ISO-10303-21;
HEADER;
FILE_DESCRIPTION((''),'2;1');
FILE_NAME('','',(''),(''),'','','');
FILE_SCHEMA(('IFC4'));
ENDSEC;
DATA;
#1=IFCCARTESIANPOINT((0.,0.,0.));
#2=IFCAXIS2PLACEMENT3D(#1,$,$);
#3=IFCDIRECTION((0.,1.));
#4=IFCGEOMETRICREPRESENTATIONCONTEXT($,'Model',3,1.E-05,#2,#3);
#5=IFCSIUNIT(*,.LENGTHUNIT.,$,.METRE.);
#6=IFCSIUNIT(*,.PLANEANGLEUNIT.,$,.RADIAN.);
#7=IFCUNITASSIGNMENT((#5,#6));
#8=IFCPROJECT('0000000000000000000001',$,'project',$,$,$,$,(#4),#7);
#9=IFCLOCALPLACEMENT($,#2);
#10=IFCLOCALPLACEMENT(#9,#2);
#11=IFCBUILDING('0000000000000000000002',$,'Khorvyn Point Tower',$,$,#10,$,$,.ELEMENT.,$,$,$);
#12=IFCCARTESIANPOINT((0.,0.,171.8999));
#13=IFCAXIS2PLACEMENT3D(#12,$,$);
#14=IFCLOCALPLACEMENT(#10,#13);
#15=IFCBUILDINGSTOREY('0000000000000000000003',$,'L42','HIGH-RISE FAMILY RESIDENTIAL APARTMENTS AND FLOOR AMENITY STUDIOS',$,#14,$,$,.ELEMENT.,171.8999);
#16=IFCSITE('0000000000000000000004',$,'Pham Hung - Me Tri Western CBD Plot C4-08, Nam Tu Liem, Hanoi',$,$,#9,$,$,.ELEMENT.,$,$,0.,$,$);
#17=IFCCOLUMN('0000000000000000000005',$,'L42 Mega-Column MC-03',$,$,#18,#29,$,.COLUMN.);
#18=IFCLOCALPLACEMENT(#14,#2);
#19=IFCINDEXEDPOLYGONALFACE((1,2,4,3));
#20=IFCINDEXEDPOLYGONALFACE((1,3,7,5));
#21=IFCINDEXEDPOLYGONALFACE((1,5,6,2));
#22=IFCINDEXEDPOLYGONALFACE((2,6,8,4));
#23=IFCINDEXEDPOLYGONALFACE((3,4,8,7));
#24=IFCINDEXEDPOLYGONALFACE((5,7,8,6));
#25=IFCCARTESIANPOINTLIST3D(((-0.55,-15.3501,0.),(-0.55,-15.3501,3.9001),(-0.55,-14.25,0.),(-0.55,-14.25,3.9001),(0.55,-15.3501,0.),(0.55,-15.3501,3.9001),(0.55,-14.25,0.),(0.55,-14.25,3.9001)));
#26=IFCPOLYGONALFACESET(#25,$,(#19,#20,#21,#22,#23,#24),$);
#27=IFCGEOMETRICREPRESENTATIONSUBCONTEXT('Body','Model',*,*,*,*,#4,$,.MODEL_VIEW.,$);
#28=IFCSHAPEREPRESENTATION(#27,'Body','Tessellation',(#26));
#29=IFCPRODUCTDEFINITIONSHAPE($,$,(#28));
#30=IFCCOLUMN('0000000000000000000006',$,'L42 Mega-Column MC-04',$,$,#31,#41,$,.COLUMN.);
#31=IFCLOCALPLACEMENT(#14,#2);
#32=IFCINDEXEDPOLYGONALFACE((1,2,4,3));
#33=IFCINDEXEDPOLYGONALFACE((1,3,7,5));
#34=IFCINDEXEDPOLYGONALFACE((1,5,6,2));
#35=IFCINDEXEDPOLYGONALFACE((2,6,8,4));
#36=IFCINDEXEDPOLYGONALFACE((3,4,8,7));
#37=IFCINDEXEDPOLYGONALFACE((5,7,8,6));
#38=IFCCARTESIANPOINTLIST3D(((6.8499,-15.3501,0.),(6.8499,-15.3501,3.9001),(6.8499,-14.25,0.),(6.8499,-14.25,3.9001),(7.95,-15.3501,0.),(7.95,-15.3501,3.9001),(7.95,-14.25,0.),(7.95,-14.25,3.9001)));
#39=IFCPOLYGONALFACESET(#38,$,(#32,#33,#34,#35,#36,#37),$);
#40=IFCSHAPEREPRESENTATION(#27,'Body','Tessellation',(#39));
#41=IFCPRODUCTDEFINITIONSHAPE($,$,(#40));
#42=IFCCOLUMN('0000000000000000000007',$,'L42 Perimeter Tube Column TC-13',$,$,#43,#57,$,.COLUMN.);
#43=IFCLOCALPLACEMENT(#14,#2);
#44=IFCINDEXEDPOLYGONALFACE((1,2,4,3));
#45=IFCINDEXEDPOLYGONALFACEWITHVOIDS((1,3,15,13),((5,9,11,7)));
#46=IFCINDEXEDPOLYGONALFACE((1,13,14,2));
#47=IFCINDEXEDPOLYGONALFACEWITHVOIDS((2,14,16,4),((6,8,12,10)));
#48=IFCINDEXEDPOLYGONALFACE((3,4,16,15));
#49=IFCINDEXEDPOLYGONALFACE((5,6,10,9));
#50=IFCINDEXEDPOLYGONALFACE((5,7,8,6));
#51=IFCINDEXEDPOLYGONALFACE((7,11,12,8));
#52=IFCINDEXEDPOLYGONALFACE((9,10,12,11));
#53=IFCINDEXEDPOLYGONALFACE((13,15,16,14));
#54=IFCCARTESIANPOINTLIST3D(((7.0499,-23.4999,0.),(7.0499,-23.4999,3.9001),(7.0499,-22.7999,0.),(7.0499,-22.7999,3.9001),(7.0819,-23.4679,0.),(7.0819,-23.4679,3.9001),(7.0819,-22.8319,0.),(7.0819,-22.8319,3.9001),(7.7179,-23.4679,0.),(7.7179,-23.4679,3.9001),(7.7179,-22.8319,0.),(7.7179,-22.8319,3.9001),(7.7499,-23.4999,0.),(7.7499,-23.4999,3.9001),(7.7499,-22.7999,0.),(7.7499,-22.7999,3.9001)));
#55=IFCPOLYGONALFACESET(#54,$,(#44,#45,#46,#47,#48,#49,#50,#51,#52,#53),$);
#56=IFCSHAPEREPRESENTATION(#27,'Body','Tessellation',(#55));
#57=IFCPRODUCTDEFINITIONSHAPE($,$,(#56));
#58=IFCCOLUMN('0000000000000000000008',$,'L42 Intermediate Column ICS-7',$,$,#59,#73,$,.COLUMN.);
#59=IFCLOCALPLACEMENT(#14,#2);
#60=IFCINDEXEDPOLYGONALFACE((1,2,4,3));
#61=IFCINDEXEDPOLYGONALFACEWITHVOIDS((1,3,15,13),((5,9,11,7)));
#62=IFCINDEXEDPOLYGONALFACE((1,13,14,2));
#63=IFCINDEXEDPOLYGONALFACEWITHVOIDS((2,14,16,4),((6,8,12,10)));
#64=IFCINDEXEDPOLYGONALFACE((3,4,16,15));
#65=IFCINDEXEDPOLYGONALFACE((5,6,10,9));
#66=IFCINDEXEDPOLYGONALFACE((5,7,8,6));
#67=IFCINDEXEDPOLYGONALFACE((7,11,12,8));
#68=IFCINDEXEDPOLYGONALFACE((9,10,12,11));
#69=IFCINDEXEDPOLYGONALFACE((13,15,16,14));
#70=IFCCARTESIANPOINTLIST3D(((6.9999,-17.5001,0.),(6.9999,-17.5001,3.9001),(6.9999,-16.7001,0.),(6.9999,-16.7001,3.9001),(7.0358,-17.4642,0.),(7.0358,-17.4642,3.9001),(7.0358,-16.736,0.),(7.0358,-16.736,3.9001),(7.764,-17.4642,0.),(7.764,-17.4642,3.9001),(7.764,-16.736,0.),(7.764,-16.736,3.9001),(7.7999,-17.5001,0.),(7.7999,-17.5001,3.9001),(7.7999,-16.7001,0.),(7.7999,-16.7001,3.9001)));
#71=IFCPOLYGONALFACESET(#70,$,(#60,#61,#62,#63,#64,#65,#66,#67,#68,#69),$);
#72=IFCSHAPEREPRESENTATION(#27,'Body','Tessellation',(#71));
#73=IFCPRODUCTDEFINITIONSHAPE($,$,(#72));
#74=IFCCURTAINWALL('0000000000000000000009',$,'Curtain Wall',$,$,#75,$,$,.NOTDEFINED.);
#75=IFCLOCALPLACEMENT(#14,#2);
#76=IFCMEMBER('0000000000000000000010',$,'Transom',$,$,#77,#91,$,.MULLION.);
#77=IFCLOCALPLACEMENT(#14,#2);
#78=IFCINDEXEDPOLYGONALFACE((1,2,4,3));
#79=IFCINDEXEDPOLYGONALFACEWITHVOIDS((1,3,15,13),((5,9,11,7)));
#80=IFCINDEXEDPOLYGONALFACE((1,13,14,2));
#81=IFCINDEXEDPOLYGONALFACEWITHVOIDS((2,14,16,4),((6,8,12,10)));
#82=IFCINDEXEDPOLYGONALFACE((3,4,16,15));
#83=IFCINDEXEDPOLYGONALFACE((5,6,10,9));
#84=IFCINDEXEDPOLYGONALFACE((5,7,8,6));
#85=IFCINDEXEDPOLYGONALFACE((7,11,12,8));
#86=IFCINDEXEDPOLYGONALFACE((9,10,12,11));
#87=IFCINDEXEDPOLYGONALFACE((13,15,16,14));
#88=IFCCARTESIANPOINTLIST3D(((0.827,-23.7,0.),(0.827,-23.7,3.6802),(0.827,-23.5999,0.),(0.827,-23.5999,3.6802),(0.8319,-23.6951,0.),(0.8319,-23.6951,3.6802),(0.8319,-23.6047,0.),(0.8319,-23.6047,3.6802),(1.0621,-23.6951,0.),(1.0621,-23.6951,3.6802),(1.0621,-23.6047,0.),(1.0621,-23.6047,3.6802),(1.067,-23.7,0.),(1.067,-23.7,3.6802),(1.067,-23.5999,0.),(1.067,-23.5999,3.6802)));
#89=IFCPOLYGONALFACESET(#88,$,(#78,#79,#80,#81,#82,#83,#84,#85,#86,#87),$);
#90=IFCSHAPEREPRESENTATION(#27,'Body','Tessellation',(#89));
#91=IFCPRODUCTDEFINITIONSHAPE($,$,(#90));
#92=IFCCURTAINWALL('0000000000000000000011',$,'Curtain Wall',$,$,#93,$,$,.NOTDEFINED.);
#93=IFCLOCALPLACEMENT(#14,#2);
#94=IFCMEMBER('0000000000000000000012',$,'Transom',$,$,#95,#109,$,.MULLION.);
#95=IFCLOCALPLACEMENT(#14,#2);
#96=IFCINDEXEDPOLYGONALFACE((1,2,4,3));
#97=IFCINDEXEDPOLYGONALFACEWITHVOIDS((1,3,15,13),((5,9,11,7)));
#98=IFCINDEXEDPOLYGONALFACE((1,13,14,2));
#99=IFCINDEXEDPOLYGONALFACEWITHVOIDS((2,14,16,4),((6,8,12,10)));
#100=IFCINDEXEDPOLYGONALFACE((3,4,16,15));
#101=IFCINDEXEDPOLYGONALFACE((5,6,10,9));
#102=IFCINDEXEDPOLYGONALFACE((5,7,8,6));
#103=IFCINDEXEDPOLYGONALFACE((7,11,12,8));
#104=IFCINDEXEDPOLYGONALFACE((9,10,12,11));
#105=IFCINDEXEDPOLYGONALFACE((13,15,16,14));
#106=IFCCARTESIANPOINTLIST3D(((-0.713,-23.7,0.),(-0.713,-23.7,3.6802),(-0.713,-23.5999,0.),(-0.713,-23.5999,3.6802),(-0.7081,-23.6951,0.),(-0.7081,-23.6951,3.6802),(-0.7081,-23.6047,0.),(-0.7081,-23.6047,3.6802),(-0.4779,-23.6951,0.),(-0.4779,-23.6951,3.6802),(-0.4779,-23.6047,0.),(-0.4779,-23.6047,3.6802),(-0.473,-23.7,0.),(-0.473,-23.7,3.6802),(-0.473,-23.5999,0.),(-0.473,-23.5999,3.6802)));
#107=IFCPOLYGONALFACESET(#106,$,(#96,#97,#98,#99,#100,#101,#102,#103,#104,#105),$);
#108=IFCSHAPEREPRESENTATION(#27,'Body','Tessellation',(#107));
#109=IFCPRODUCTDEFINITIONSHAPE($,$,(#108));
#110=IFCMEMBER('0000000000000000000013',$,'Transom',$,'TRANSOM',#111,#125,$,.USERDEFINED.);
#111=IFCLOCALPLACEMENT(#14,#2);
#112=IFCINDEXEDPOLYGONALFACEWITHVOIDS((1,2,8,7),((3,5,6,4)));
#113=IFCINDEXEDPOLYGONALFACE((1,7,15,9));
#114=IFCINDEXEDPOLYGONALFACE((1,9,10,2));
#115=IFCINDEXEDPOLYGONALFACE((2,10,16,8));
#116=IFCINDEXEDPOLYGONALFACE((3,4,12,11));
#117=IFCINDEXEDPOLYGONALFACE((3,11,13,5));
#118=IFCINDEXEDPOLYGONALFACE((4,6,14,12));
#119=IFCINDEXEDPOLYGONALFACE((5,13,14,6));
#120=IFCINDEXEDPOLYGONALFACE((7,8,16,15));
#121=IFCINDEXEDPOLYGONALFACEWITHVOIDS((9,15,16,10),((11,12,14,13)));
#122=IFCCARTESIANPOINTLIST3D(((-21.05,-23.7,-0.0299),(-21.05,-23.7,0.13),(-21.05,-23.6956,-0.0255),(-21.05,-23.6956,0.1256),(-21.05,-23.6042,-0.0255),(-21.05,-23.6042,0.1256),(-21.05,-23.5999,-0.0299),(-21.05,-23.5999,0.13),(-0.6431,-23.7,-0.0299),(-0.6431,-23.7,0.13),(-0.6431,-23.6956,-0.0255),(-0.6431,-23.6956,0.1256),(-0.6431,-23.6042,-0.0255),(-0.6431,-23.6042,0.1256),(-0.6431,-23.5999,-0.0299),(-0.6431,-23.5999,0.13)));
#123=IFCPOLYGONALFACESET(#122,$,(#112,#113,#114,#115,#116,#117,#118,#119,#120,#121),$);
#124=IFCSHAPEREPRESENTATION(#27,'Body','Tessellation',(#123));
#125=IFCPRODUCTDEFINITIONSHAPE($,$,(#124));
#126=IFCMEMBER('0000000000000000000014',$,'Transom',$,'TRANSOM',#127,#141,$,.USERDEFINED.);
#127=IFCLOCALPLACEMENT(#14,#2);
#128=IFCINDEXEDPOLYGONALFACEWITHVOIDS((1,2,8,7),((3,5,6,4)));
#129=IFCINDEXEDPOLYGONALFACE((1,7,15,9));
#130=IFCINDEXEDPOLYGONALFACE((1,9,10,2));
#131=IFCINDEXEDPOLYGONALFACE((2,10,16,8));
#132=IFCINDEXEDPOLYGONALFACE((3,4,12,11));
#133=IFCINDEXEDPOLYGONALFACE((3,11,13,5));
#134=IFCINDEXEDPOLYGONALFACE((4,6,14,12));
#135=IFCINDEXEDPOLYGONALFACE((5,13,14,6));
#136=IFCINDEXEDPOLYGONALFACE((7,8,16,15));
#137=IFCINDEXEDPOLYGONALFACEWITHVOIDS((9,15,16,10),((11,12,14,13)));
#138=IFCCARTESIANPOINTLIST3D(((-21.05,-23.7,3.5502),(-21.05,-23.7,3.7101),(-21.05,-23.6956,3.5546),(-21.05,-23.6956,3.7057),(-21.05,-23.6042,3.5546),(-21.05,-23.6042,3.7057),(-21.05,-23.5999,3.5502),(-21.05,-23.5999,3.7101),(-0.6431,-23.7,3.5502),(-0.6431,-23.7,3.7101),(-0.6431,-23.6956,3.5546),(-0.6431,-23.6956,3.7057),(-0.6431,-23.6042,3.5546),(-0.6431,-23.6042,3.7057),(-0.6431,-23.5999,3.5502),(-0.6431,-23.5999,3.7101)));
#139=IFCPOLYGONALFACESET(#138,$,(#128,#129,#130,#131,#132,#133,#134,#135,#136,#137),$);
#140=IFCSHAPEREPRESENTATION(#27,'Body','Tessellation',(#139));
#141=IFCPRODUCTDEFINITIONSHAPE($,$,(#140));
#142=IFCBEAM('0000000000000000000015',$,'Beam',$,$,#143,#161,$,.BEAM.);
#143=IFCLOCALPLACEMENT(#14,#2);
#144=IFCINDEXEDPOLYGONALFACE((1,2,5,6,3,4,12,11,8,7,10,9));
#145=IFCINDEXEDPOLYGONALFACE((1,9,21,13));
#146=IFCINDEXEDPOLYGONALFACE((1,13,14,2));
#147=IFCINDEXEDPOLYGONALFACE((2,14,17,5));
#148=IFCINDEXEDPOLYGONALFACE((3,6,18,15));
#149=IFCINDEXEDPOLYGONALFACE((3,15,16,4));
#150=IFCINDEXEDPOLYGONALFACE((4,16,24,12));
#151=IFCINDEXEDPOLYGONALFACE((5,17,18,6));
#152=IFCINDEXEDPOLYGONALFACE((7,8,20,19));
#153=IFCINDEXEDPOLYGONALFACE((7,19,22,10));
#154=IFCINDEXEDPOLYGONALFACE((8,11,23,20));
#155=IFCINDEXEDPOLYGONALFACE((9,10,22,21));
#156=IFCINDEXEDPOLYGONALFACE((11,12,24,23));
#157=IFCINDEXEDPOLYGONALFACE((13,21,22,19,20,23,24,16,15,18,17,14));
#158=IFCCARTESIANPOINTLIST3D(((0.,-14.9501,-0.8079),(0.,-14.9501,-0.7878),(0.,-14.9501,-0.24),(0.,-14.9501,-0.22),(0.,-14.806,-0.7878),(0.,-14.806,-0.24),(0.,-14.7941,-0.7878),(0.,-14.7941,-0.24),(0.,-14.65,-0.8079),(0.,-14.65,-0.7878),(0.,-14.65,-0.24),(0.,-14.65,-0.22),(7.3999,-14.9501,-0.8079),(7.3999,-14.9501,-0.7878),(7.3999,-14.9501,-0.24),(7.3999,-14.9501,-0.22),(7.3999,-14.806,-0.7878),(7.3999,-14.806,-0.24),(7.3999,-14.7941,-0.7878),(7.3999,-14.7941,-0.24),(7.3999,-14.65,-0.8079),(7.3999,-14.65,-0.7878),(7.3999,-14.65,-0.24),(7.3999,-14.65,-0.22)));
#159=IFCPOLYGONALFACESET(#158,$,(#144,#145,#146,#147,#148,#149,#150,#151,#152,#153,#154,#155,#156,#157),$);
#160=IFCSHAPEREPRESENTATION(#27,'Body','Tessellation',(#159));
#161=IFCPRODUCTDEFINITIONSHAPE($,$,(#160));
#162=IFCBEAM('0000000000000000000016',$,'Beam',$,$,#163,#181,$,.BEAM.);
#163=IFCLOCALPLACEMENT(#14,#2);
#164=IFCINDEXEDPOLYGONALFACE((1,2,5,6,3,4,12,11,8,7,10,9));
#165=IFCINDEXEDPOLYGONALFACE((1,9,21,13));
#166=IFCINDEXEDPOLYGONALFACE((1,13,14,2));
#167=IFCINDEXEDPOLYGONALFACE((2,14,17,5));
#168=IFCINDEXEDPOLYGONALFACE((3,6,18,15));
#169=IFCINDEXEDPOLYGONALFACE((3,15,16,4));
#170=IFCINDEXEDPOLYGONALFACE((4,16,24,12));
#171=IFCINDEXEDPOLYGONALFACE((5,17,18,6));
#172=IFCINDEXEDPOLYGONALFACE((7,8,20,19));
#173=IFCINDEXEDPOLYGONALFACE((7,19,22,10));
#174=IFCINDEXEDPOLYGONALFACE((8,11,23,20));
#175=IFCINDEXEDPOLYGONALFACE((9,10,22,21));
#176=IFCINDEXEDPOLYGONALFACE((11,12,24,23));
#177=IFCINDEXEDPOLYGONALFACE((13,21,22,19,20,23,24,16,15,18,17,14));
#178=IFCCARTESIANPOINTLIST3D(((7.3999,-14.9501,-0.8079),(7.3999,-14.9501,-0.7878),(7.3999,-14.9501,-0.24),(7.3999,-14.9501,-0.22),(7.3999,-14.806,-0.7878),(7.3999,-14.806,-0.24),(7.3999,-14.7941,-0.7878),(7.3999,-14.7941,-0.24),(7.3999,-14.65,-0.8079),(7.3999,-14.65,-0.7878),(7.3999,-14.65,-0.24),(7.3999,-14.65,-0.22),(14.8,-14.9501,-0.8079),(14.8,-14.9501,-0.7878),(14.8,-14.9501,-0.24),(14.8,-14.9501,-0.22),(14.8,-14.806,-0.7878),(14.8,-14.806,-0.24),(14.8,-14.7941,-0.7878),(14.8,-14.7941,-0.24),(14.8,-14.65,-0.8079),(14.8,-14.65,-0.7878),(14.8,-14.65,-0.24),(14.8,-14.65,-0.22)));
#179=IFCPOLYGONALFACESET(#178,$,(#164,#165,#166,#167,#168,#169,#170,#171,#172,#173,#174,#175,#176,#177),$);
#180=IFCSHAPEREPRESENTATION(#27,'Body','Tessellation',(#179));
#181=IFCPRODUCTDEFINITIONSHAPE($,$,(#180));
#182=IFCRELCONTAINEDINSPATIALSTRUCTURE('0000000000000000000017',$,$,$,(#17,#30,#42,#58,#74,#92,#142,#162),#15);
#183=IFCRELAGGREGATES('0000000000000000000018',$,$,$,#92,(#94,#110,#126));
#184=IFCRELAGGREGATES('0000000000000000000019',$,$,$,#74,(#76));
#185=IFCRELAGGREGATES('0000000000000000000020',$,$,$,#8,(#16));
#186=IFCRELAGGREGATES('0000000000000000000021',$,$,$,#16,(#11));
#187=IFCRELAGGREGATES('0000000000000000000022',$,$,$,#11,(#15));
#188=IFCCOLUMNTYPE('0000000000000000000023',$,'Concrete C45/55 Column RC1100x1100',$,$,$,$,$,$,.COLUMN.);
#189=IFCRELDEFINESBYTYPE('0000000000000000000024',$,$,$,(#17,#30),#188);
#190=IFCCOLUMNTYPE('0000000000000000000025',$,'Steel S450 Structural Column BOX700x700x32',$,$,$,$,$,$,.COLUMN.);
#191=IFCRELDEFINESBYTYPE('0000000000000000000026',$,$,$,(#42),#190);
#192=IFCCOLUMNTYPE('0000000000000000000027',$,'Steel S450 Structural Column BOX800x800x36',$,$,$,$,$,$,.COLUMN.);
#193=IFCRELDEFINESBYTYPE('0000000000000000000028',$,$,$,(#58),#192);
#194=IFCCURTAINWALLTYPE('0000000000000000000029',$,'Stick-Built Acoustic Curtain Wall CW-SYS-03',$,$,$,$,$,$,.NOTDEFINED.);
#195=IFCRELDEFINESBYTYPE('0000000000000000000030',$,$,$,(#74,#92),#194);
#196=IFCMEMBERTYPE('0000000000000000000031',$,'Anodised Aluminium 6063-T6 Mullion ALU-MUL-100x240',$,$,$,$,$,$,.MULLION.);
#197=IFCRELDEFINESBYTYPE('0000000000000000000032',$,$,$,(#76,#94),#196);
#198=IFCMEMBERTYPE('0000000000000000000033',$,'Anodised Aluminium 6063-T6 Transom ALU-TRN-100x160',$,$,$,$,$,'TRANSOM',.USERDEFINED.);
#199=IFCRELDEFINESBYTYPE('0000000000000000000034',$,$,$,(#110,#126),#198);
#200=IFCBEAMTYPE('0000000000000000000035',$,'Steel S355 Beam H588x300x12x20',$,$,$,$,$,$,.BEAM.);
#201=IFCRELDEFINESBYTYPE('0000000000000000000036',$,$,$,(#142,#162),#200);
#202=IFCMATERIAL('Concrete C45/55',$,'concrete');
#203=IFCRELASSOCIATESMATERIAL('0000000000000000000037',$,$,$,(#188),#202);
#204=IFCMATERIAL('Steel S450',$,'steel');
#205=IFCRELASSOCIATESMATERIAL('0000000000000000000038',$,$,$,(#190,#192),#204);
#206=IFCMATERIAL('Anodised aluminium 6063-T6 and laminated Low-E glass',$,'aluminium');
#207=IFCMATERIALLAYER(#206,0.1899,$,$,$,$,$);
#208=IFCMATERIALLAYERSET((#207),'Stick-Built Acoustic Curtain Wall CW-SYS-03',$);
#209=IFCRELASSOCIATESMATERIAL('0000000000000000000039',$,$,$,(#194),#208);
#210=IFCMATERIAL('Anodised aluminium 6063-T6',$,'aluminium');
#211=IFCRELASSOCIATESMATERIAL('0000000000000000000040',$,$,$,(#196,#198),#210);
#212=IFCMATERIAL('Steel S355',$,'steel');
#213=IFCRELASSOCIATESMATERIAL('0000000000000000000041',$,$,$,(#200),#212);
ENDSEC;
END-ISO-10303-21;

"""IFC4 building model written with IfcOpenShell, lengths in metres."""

from ifc_helpers import new_model, si_unit, direction, frame, origin, origin_2d, place, context, subcontext, project, spatial, rectangle, hollow_rectangle, i_section, extrude, material, layer, layer_set, material_profile, profile_set, type_object, element, aggregate, save


model = new_model("IFC4")

# Units and contexts
model_context = context("Model", 3, precision=1e-05, world=origin(), true_north=direction((0.0, 1.0)))
body_context = subcontext(model_context, "Body", "Model", "MODEL_VIEW")
ifc_project = project(units=[si_unit("LENGTHUNIT", "METRE"), si_unit("PLANEANGLEUNIT", "RADIAN")], contexts=[model_context])

# Site, building, storey
site_placement = place(None, origin())
site = spatial("IfcSite", under=ifc_project, at=site_placement, Name="Pham Hung - Me Tri Western CBD Plot C4-08, Nam Tu Liem, Hanoi", CompositionType="ELEMENT", RefElevation=0.0)
building_placement = place(site_placement, origin())
building = spatial("IfcBuilding", under=site, at=building_placement, Name="Khorvyn Point Tower", CompositionType="ELEMENT")
storey_placement = place(building_placement, frame((0.0, 0.0, 171.8999)))
storey = spatial("IfcBuildingStorey", under=building, at=storey_placement, Name="L42", Description="HIGH-RISE FAMILY RESIDENTIAL APARTMENTS AND FLOOR AMENITY STUDIOS", CompositionType="ELEMENT", Elevation=171.8999)

# Columns
ifc_material_1 = material(Name="Concrete C45/55", Category="concrete")
ifc_material_profile_1 = material_profile(ifc_material_1, rectangle(XDim=1.1001, YDim=1.1001, at=origin_2d()))
ifc_profile_set_1 = profile_set([ifc_material_profile_1], Name="Concrete C45/55 RC1100x1100")
column_type_1 = type_object("IfcColumnType", Name="Concrete C45/55 Column RC1100x1100", PredefinedType="COLUMN", material=ifc_profile_set_1)
for number, where, z_axis, x_axis, name in (
    (1, (0.0, -14.8, 0.0), (0.0, 0.0, 1.0), (1.0, 0.0, 0.0), "L42 Mega-Column MC-03"),
    (2, (7.3999, -14.8, 0.0), (0.0, 0.0, 1.0), (1.0, 0.0, 0.0), "L42 Mega-Column MC-04"),
):
    element("IfcColumn", number, at=place(storey_placement, frame(where, z_axis=z_axis, x_axis=x_axis)), inside=storey, type_object=column_type_1, Name=name, PredefinedType="COLUMN", context=body_context, shape_type="SweptSolid", body=[
        extrude(rectangle(XDim=1.1001, YDim=1.1001, at=origin_2d()), origin(), (0.0, 0.0, 1.0), 3.9001),
    ])
ifc_material_2 = material(Name="Steel S450", Category="steel")
ifc_material_profile_2 = material_profile(ifc_material_2, hollow_rectangle(XDim=0.7, YDim=0.7, WallThickness=0.032, at=origin_2d()))
ifc_profile_set_2 = profile_set([ifc_material_profile_2], Name="Steel S450 BOX700x700x32")
column_type_2 = type_object("IfcColumnType", Name="Steel S450 Structural Column BOX700x700x32", PredefinedType="COLUMN", material=ifc_profile_set_2)
column_1_placement = place(storey_placement, frame((7.3999, -23.1499, 0.0), z_axis=(0.0, 0.0, 1.0), x_axis=(1.0, 0.0, 0.0)))
element("IfcColumn", 3, at=column_1_placement, inside=storey, type_object=column_type_2, Name="L42 Perimeter Tube Column TC-13", PredefinedType="COLUMN", context=body_context, shape_type="SweptSolid", body=[
    extrude(hollow_rectangle(XDim=0.7, YDim=0.7, WallThickness=0.032, at=origin_2d()), origin(), (0.0, 0.0, 1.0), 3.9001),
])
ifc_material_profile_3 = material_profile(ifc_material_2, hollow_rectangle(XDim=0.8, YDim=0.8, WallThickness=0.0359, at=origin_2d()))
ifc_profile_set_3 = profile_set([ifc_material_profile_3], Name="Steel S450 BOX800x800x36")
column_type_3 = type_object("IfcColumnType", Name="Steel S450 Structural Column BOX800x800x36", PredefinedType="COLUMN", material=ifc_profile_set_3)
column_2_placement = place(storey_placement, frame((7.3999, -17.1001, 0.0), z_axis=(0.0, 0.0, 1.0), x_axis=(1.0, 0.0, 0.0)))
element("IfcColumn", 4, at=column_2_placement, inside=storey, type_object=column_type_3, Name="L42 Intermediate Column ICS-7", PredefinedType="COLUMN", context=body_context, shape_type="SweptSolid", body=[
    extrude(hollow_rectangle(XDim=0.8, YDim=0.8, WallThickness=0.0359, at=origin_2d()), origin(), (0.0, 0.0, 1.0), 3.9001),
])

# Curtain wall, member
ifc_material_3 = material(Name="Anodised aluminium 6063-T6 and laminated Low-E glass", Category="aluminium")
ifc_layer_1 = layer(ifc_material_3, 0.1899)
ifc_layer_set_1 = layer_set([ifc_layer_1], Name="Stick-Built Acoustic Curtain Wall CW-SYS-03")
curtain_wall_type = type_object("IfcCurtainWallType", Name="Stick-Built Acoustic Curtain Wall CW-SYS-03", PredefinedType="NOTDEFINED", material=ifc_layer_set_1)
curtain_wall_1_placement = place(storey_placement, origin())
curtain_wall_1 = element("IfcCurtainWall", 5, at=curtain_wall_1_placement, inside=storey, type_object=curtain_wall_type, Name="Curtain Wall", PredefinedType="NOTDEFINED")
ifc_material_4 = material(Name="Anodised aluminium 6063-T6", Category="aluminium")
ifc_material_profile_4 = material_profile(ifc_material_4, hollow_rectangle(XDim=0.1001, YDim=0.24, WallThickness=0.0049, at=origin_2d()))
ifc_profile_set_4 = profile_set([ifc_material_profile_4], Name="Anodised aluminium 6063-T6 ALU-MUL-100x240")
member_type_1 = type_object("IfcMemberType", Name="Anodised Aluminium 6063-T6 Mullion ALU-MUL-100x240", PredefinedType="MULLION", material=ifc_profile_set_4)
member_1_placement = place(storey_placement, frame((0.947, -23.6499, 0.0), z_axis=(0.0, 0.0, 1.0), x_axis=(0.0, -1.0, 0.0)))
member_1 = element("IfcMember", 6, at=member_1_placement, type_object=member_type_1, Name="Transom", PredefinedType="MULLION", context=body_context, shape_type="SweptSolid", body=[
    extrude(hollow_rectangle(XDim=0.1001, YDim=0.24, WallThickness=0.0049, at=origin_2d()), origin(), (0.0, 0.0, 1.0), 3.6802),
])

# Curtain wall, members
curtain_wall_2_placement = place(storey_placement, origin())
curtain_wall_2 = element("IfcCurtainWall", 7, at=curtain_wall_2_placement, inside=storey, type_object=curtain_wall_type, Name="Curtain Wall", PredefinedType="NOTDEFINED")
member_2_placement = place(storey_placement, frame((-0.593, -23.6499, 0.0), z_axis=(0.0, 0.0, 1.0), x_axis=(0.0, -1.0, 0.0)))
member_2 = element("IfcMember", 8, at=member_2_placement, type_object=member_type_1, Name="Transom", PredefinedType="MULLION", context=body_context, shape_type="SweptSolid", body=[
    extrude(hollow_rectangle(XDim=0.1001, YDim=0.24, WallThickness=0.0049, at=origin_2d()), origin(), (0.0, 0.0, 1.0), 3.6802),
])
ifc_material_profile_5 = material_profile(ifc_material_4, hollow_rectangle(XDim=0.1001, YDim=0.1599, WallThickness=0.0044, at=origin_2d()))
ifc_profile_set_5 = profile_set([ifc_material_profile_5], Name="Anodised aluminium 6063-T6 ALU-TRN-100x160")
member_type_2 = type_object("IfcMemberType", Name="Anodised Aluminium 6063-T6 Transom ALU-TRN-100x160", ElementType="TRANSOM", PredefinedType="USERDEFINED", material=ifc_profile_set_5)
member_3_placement = place(storey_placement, frame((-0.6431, -23.6499, 0.05), z_axis=(-1.0, 0.0, 0.0), x_axis=(0.0, -1.0, 0.0)))
member_3 = element("IfcMember", 9, at=member_3_placement, type_object=member_type_2, Name="Transom", ObjectType="TRANSOM", PredefinedType="USERDEFINED", context=body_context, shape_type="SweptSolid", body=[
    extrude(hollow_rectangle(XDim=0.1001, YDim=0.1599, WallThickness=0.0044, at=origin_2d()), origin(), (0.0, 0.0, 1.0), 20.407),
])
member_4_placement = place(storey_placement, frame((-0.6431, -23.6499, 3.6301), z_axis=(-1.0, 0.0, 0.0), x_axis=(0.0, -1.0, 0.0)))
member_4 = element("IfcMember", 10, at=member_4_placement, type_object=member_type_2, Name="Transom", ObjectType="TRANSOM", PredefinedType="USERDEFINED", context=body_context, shape_type="SweptSolid", body=[
    extrude(hollow_rectangle(XDim=0.1001, YDim=0.1599, WallThickness=0.0044, at=origin_2d()), origin(), (0.0, 0.0, 1.0), 20.407),
])
aggregate(curtain_wall_2, [member_2, member_3, member_4])

# Beams
ifc_material_5 = material(Name="Steel S355", Category="steel")
ifc_material_profile_6 = material_profile(ifc_material_5, i_section(OverallWidth=0.3, OverallDepth=0.5879, WebThickness=0.012, FlangeThickness=0.02, at=origin_2d()))
ifc_profile_set_6 = profile_set([ifc_material_profile_6], Name="Steel S355 H588x300x12x20")
beam_type_1 = type_object("IfcBeamType", Name="Steel S355 Beam H588x300x12x20", PredefinedType="BEAM", material=ifc_profile_set_6)
beam_1_placement = place(storey_placement, frame((0.0, -14.8, -0.5139), z_axis=(1.0, 0.0, 0.0), x_axis=(0.0, 1.0, 0.0)))
element("IfcBeam", 11, at=beam_1_placement, inside=storey, type_object=beam_type_1, Name="Beam", PredefinedType="BEAM", context=body_context, shape_type="SweptSolid", body=[
    extrude(i_section(OverallWidth=0.3, OverallDepth=0.5879, WebThickness=0.012, FlangeThickness=0.02, at=origin_2d()), origin(), (0.0, 0.0, 1.0), 7.3999),
])
for number, where, z_axis, x_axis, name in (
    (12, (7.3999, -14.8, -0.5139), (1.0, 0.0, 0.0), (0.0, 1.0, 0.0), "Beam"),
):
    element("IfcBeam", number, at=place(storey_placement, frame(where, z_axis=z_axis, x_axis=x_axis)), inside=storey, type_object=beam_type_1, Name=name, PredefinedType="BEAM", context=body_context, shape_type="SweptSolid", body=[
        extrude(i_section(OverallWidth=0.3, OverallDepth=0.5879, WebThickness=0.012, FlangeThickness=0.02, at=origin_2d()), origin(), (0.0, 0.0, 1.0), 7.4001),
    ])

aggregate(curtain_wall_1, [member_1])

save(model, "model.ifc")
